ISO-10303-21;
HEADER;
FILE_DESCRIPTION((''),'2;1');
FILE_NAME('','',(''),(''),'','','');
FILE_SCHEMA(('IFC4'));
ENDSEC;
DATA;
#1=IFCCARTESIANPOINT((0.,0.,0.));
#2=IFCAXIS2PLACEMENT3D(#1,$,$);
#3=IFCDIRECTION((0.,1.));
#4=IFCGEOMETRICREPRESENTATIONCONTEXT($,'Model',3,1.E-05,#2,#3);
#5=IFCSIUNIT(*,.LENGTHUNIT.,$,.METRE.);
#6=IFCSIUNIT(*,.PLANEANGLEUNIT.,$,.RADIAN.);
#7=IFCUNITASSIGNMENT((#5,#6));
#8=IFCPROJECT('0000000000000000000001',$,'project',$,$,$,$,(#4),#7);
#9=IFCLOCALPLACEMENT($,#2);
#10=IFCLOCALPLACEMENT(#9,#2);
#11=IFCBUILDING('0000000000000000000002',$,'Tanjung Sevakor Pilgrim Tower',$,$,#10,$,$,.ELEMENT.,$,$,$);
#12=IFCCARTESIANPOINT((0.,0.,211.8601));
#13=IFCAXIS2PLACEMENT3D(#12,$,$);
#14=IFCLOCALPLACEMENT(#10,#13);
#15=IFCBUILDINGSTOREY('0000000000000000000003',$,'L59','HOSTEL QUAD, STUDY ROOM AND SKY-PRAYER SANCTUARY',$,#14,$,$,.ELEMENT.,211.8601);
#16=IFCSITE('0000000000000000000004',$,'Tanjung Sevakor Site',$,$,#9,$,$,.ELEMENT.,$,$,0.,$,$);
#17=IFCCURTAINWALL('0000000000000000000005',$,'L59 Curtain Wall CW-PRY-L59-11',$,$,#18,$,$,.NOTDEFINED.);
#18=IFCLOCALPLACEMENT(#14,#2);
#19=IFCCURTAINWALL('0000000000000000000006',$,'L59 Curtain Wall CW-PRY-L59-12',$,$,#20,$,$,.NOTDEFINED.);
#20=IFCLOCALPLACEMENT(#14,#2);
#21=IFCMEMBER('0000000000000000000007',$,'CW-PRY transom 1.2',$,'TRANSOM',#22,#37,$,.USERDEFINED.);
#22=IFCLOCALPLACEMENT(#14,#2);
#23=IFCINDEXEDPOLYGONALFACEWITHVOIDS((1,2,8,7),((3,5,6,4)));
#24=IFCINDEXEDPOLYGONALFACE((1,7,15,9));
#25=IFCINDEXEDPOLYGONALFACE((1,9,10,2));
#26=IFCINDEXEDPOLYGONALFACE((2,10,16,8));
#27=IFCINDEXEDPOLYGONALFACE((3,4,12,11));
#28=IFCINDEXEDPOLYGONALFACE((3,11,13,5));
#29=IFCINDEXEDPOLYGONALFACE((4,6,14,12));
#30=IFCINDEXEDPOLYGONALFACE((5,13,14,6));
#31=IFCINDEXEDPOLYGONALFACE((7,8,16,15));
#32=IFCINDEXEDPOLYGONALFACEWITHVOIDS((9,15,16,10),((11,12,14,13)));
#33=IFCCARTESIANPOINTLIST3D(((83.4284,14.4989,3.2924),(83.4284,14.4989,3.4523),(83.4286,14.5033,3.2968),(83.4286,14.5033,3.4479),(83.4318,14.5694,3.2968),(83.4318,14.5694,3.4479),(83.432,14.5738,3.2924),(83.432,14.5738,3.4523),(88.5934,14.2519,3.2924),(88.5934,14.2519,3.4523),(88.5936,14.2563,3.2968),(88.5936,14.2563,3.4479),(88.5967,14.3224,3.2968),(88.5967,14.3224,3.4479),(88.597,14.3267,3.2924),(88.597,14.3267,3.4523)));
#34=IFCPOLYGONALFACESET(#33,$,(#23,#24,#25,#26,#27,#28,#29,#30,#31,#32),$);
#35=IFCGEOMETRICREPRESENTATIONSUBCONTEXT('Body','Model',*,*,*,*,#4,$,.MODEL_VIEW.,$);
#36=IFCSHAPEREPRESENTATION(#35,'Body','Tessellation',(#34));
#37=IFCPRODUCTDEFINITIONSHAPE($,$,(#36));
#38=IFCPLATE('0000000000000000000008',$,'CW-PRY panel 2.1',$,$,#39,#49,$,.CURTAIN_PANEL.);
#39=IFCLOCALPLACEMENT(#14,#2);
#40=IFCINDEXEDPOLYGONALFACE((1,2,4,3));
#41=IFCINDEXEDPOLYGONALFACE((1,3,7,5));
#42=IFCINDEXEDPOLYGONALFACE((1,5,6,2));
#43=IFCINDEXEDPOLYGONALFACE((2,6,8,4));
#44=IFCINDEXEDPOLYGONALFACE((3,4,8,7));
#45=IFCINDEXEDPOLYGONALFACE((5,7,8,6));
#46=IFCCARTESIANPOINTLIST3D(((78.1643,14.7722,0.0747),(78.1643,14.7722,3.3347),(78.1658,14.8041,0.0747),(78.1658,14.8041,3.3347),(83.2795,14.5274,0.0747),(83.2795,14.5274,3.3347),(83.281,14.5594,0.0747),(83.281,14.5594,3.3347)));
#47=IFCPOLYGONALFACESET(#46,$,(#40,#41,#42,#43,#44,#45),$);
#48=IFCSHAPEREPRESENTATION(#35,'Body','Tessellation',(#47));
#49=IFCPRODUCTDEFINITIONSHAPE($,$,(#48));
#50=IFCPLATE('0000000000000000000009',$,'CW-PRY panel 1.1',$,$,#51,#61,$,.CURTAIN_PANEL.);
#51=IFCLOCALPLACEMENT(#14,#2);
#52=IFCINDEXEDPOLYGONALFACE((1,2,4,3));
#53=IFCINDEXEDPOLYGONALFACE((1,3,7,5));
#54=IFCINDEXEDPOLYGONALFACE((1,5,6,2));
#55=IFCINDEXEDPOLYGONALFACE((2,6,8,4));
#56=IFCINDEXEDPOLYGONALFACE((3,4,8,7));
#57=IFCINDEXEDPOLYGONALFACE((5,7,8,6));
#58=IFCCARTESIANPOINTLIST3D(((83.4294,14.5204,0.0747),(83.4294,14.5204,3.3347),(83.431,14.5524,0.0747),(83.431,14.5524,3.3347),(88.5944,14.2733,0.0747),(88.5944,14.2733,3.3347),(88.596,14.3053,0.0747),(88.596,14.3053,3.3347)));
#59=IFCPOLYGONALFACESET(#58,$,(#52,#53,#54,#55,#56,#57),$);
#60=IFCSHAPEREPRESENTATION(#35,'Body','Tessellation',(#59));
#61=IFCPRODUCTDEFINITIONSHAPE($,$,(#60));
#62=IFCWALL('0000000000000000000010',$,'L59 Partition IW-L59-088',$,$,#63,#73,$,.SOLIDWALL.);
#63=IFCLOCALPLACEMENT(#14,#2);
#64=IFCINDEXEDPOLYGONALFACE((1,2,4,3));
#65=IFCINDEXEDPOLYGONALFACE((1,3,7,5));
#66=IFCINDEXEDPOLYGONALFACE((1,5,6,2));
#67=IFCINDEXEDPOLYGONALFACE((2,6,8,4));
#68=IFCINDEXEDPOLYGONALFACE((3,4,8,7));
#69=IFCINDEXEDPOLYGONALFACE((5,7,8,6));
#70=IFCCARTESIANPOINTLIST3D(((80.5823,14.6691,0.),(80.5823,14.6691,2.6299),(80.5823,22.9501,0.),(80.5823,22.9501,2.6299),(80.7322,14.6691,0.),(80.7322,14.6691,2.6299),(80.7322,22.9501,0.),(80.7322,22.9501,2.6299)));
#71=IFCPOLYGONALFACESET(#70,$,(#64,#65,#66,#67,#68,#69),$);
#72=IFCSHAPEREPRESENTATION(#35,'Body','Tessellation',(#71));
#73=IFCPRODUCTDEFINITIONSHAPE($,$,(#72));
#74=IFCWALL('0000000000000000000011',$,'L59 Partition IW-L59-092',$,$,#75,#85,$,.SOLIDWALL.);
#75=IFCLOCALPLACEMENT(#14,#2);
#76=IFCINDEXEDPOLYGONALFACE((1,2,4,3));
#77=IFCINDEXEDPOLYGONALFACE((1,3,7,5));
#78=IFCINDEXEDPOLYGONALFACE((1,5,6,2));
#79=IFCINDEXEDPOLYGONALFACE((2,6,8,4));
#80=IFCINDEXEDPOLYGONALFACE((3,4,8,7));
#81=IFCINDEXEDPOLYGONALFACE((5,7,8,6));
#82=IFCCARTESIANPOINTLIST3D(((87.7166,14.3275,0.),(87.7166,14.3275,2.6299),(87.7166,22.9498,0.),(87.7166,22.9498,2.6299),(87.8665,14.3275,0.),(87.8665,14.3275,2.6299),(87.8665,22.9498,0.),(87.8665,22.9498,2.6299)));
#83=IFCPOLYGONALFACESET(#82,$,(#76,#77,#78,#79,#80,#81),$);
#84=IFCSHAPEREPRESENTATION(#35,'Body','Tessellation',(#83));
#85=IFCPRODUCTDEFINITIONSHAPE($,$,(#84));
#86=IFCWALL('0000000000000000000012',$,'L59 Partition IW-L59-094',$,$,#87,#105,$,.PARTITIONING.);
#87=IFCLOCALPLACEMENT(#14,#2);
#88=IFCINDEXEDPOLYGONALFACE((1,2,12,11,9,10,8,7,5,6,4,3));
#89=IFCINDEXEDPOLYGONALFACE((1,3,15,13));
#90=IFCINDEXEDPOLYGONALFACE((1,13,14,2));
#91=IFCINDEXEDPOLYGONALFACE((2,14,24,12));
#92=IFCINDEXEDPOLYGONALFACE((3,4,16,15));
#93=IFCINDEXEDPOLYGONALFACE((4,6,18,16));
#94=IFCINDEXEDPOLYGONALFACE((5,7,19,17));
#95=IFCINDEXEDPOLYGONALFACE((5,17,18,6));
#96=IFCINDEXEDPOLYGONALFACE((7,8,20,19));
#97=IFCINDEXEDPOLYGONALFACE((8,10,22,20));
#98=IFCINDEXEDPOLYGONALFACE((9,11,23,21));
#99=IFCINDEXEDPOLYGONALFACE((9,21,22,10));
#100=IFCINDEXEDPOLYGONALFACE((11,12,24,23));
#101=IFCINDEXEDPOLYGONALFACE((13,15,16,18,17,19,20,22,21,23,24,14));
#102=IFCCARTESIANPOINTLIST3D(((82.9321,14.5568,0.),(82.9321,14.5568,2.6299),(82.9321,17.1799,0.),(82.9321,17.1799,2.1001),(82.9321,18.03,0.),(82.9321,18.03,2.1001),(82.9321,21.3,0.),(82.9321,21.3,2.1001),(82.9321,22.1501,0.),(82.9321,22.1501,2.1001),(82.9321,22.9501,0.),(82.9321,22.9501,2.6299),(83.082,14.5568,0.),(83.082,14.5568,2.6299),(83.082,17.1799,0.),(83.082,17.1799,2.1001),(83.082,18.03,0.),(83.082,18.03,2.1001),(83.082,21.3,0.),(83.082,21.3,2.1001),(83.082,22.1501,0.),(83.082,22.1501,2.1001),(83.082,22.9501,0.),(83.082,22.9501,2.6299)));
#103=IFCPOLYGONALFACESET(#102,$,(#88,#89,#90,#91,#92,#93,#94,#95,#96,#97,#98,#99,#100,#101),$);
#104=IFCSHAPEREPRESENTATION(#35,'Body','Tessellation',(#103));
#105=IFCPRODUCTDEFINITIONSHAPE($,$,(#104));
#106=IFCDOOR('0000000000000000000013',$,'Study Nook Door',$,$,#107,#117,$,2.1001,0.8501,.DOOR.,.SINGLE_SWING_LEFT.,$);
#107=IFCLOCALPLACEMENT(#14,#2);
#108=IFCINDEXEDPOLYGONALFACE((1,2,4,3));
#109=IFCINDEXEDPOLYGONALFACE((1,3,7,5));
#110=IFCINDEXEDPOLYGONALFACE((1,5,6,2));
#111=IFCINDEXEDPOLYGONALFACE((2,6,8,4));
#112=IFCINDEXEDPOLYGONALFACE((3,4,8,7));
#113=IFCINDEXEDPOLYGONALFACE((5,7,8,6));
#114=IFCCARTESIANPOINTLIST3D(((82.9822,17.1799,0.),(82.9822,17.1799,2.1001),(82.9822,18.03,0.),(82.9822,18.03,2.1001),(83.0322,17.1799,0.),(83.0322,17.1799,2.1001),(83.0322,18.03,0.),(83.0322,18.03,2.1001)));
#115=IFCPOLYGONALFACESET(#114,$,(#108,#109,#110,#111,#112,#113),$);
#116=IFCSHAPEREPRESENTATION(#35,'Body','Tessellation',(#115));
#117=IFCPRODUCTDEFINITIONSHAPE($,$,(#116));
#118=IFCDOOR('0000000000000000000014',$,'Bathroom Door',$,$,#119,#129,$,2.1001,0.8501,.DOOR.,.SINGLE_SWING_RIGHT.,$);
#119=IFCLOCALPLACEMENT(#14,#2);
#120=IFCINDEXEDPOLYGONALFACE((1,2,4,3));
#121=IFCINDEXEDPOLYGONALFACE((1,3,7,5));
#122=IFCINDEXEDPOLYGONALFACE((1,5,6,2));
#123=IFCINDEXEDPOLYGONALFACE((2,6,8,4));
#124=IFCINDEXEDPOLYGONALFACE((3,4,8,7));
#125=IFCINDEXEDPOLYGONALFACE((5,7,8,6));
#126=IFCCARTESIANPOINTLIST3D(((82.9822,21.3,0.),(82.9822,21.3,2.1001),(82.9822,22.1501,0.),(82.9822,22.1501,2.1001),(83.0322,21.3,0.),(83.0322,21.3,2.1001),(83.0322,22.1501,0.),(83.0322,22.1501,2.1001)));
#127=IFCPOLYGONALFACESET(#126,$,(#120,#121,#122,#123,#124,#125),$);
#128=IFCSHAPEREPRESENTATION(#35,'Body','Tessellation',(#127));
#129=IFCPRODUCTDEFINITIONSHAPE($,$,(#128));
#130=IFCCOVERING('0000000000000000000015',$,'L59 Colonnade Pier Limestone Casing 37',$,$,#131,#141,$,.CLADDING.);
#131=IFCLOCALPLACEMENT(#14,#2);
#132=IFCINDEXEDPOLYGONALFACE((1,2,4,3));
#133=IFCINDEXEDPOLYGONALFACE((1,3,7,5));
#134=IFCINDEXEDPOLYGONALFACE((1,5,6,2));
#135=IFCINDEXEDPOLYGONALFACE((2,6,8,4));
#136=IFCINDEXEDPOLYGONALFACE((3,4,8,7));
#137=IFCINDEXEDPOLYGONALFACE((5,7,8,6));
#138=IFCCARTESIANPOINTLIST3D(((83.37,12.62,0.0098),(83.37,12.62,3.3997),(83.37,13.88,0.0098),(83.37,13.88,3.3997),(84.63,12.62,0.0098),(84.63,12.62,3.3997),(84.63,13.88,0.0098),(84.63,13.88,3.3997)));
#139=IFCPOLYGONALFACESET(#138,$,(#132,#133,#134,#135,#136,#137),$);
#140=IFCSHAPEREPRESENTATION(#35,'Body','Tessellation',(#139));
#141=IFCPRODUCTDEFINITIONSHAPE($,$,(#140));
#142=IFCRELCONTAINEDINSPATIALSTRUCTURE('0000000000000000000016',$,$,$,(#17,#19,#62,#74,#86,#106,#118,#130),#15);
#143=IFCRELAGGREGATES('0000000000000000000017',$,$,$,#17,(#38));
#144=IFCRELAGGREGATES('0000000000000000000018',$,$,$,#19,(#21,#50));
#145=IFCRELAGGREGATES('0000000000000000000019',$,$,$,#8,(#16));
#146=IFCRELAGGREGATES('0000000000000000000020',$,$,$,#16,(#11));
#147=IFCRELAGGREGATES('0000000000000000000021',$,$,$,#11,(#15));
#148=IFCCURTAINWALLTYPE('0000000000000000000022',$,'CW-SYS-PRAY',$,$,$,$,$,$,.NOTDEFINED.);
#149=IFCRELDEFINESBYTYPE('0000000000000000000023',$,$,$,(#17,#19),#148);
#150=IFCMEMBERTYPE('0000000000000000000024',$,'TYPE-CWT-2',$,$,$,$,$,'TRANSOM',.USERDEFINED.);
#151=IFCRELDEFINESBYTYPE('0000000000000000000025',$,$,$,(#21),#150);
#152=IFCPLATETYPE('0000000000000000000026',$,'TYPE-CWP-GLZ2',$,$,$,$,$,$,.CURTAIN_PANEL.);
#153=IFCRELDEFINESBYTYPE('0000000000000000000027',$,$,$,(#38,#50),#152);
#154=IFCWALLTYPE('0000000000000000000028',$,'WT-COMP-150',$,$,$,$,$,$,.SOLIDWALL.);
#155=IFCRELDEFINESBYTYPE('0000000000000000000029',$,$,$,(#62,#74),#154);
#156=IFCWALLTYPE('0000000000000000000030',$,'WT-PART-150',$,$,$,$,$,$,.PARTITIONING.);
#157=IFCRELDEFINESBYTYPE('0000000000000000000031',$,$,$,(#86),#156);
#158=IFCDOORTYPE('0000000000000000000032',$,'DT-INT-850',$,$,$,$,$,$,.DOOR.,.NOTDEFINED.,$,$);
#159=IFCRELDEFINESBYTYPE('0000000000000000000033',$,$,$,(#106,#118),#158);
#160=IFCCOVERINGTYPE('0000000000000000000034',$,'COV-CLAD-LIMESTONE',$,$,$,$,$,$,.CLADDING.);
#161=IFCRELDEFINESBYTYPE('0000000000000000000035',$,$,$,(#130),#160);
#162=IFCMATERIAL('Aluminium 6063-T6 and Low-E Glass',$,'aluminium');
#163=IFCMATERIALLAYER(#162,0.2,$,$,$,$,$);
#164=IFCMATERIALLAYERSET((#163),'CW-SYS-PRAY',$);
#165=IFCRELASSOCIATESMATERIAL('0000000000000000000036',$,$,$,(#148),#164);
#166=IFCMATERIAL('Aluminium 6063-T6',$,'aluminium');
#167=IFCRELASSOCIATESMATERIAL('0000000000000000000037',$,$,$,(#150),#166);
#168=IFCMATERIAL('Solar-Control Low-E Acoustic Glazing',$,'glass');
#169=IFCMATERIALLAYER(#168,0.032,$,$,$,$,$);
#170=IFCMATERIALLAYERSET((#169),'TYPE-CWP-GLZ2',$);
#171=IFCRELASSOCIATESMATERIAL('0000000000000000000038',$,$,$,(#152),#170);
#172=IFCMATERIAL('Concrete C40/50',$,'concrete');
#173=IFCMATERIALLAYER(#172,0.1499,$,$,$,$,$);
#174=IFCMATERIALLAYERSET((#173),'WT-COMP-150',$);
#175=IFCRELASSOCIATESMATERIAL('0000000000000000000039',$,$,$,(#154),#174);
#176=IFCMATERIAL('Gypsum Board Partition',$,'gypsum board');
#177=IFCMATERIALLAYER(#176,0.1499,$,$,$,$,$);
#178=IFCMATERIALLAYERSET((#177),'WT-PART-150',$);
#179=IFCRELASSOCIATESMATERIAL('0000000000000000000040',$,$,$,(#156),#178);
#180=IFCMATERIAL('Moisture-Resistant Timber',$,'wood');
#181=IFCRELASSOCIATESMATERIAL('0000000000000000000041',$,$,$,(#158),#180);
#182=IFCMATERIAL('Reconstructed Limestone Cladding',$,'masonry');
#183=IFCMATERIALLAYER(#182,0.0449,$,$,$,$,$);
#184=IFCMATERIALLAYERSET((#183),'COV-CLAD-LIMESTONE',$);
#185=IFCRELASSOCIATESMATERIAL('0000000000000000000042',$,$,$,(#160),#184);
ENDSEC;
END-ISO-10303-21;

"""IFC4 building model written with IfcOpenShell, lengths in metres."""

from ifc_helpers import new_model, si_unit, direction, frame, frame_2d, origin, origin_2d, place, context, subcontext, project, spatial, rectangle, hollow_rectangle, extrude, material, layer, layer_set, material_profile, profile_set, type_object, element, fill, aggregate, save


model = new_model("IFC4")

# Units and contexts
model_context = context("Model", 3, precision=1e-05, world=origin(), true_north=direction((0.0, 1.0)))
body_context = subcontext(model_context, "Body", "Model", "MODEL_VIEW")
ifc_project = project(units=[si_unit("LENGTHUNIT", "METRE"), si_unit("PLANEANGLEUNIT", "RADIAN")], contexts=[model_context])

# Site, building, storey
site_placement = place(None, origin())
site = spatial("IfcSite", under=ifc_project, at=site_placement, Name="Tanjung Sevakor Site", CompositionType="ELEMENT", RefElevation=0.0)
building_placement = place(site_placement, origin())
building = spatial("IfcBuilding", under=site, at=building_placement, Name="Tanjung Sevakor Pilgrim Tower", CompositionType="ELEMENT")
storey_placement = place(building_placement, frame((0.0, 0.0, 211.8601)))
storey = spatial("IfcBuildingStorey", under=building, at=storey_placement, Name="L59", Description="HOSTEL QUAD, STUDY ROOM AND SKY-PRAYER SANCTUARY", CompositionType="ELEMENT", Elevation=211.8601)

# Curtain wall
ifc_material_1 = material(Name="Aluminium 6063-T6 and Low-E Glass", Category="aluminium")
ifc_layer_1 = layer(ifc_material_1, 0.2)
ifc_layer_set_1 = layer_set([ifc_layer_1], Name="CW-SYS-PRAY")
curtain_wall_type = type_object("IfcCurtainWallType", Name="CW-SYS-PRAY", PredefinedType="NOTDEFINED", material=ifc_layer_set_1)
curtain_wall_1_placement = place(storey_placement, origin())
curtain_wall_1 = element("IfcCurtainWall", 1, at=curtain_wall_1_placement, inside=storey, type_object=curtain_wall_type, Name="L59 Curtain Wall CW-PRY-L59-11", PredefinedType="NOTDEFINED")

# Curtain wall
curtain_wall_2_placement = place(storey_placement, origin())
curtain_wall_2 = element("IfcCurtainWall", 2, at=curtain_wall_2_placement, inside=storey, type_object=curtain_wall_type, Name="L59 Curtain Wall CW-PRY-L59-12", PredefinedType="NOTDEFINED")

# Member
ifc_material_2 = material(Name="Aluminium 6063-T6", Category="aluminium")
ifc_material_profile_1 = material_profile(ifc_material_2, hollow_rectangle(XDim=0.075, YDim=0.1599, WallThickness=0.0044, at=origin_2d()))
ifc_profile_set_1 = profile_set([ifc_material_profile_1], Name="Aluminium 6063-T6")
member_type_1 = type_object("IfcMemberType", Name="TYPE-CWT-2", ElementType="TRANSOM", PredefinedType="USERDEFINED", material=ifc_profile_set_1)
member_1_placement = place(storey_placement, frame((83.4302, 14.5364, 3.3723), z_axis=(0.998858, -0.04778, 0.0), x_axis=(0.04778, 0.998858, 0.0)))
member_1 = element("IfcMember", 3, at=member_1_placement, type_object=member_type_1, Name="CW-PRY transom 1.2", ObjectType="TRANSOM", PredefinedType="USERDEFINED", context=body_context, shape_type="SweptSolid", body=[
    extrude(hollow_rectangle(XDim=0.075, YDim=0.1599, WallThickness=0.0044, at=origin_2d()), origin(), (0.0, 0.0, 1.0), 5.1709),
])

# Plates
ifc_material_3 = material(Name="Solar-Control Low-E Acoustic Glazing", Category="glass")
ifc_layer_2 = layer(ifc_material_3, 0.032)
ifc_layer_set_2 = layer_set([ifc_layer_2], Name="TYPE-CWP-GLZ2")
plate_type = type_object("IfcPlateType", Name="TYPE-CWP-GLZ2", PredefinedType="CURTAIN_PANEL", material=ifc_layer_set_2)
plate_1_placement = place(storey_placement, frame((80.7227, 14.6658, 0.0747), z_axis=(0.0, 0.0, 1.0), x_axis=(0.998858, -0.047787, 0.0)))
plate_1 = element("IfcPlate", 4, at=plate_1_placement, type_object=plate_type, Name="CW-PRY panel 2.1", PredefinedType="CURTAIN_PANEL", context=body_context, shape_type="SweptSolid", body=[
    extrude(rectangle(XDim=5.1211, YDim=0.032, at=origin_2d()), origin(), (0.0, 0.0, 1.0), 3.26),
])
aggregate(curtain_wall_1, [plate_1])
plate_2_placement = place(storey_placement, frame((86.0127, 14.4128, 0.0747), z_axis=(0.0, 0.0, 1.0), x_axis=(0.998857, -0.047791, 0.0)))
plate_2 = element("IfcPlate", 5, at=plate_2_placement, type_object=plate_type, Name="CW-PRY panel 1.1", PredefinedType="CURTAIN_PANEL", context=body_context, shape_type="SweptSolid", body=[
    extrude(rectangle(XDim=5.1709, YDim=0.032, at=origin_2d()), origin(), (0.0, 0.0, 1.0), 3.26),
])
aggregate(curtain_wall_2, [member_1, plate_2])

# Walls
ifc_material_4 = material(Name="Concrete C40/50", Category="concrete")
ifc_layer_3 = layer(ifc_material_4, 0.1499)
ifc_layer_set_3 = layer_set([ifc_layer_3], Name="WT-COMP-150")
wall_type_1 = type_object("IfcWallType", Name="WT-COMP-150", PredefinedType="SOLIDWALL", material=ifc_layer_set_3)
wall_1_placement = place(storey_placement, frame((80.6572, 14.6689, 0.0), z_axis=(0.0, 0.0, 1.0), x_axis=(0.0, 1.0, 0.0)))
element("IfcWall", 6, at=wall_1_placement, inside=storey, type_object=wall_type_1, Name="L59 Partition IW-L59-088", PredefinedType="SOLIDWALL", context=body_context, shape_type="SweptSolid", body=[
    extrude(rectangle(XDim=8.281, YDim=0.1499, at=frame_2d((4.1406, 0.0))), origin(), (0.0, 0.0, 1.0), 2.6299),
])
wall_2_placement = place(storey_placement, frame((87.7915, 14.3276, 0.0), z_axis=(0.0, 0.0, 1.0), x_axis=(0.0, 1.0, 0.0)))
element("IfcWall", 7, at=wall_2_placement, inside=storey, type_object=wall_type_1, Name="L59 Partition IW-L59-092", PredefinedType="SOLIDWALL", context=body_context, shape_type="SweptSolid", body=[
    extrude(rectangle(XDim=8.6223, YDim=0.1499, at=frame_2d((4.311, 0.0))), origin(), (0.0, 0.0, 1.0), 2.6299),
])

# Wall, openings, doors
ifc_material_5 = material(Name="Gypsum Board Partition", Category="gypsum board")
ifc_layer_4 = layer(ifc_material_5, 0.1499)
ifc_layer_set_4 = layer_set([ifc_layer_4], Name="WT-PART-150")
wall_type_2 = type_object("IfcWallType", Name="WT-PART-150", PredefinedType="PARTITIONING", material=ifc_layer_set_4)
wall_3_placement = place(storey_placement, frame((83.0071, 14.5566, 0.0), z_axis=(0.0, 0.0, 1.0), x_axis=(0.0, 1.0, 0.0)))
wall_3 = element("IfcWall", 8, at=wall_3_placement, inside=storey, type_object=wall_type_2, Name="L59 Partition IW-L59-094", PredefinedType="PARTITIONING", context=body_context, shape_type="SweptSolid", body=[
    extrude(rectangle(XDim=8.3933, YDim=0.1499, at=frame_2d((4.1968, 0.0))), origin(), (0.0, 0.0, 1.0), 2.6299),
])
opening_1_placement = place(wall_3_placement, frame((2.6233, 0.0, 0.0)))
opening_1 = element("IfcOpeningElement", 9, at=opening_1_placement, cuts=wall_3, PredefinedType="OPENING", context=body_context, shape_type="SweptSolid", body=[
    extrude(rectangle(XDim=0.8501, YDim=2.1001, at=frame_2d((0.425, 1.05))), frame((0.0, 0.085, 0.0), z_axis=(0.0, -1.0, 0.0), x_axis=(1.0, 0.0, 0.0)), (0.0, 0.0, 1.0), 0.1699),
])
opening_2_placement = place(wall_3_placement, frame((6.7434, 0.0, 0.0)))
opening_2 = element("IfcOpeningElement", 10, at=opening_2_placement, cuts=wall_3, PredefinedType="OPENING", context=body_context, shape_type="SweptSolid", body=[
    extrude(rectangle(XDim=0.8501, YDim=2.1001, at=frame_2d((0.425, 1.05))), frame((0.0, 0.085, 0.0), z_axis=(0.0, -1.0, 0.0), x_axis=(1.0, 0.0, 0.0)), (0.0, 0.0, 1.0), 0.1699),
])
ifc_material_6 = material(Name="Moisture-Resistant Timber", Category="wood")
door_type = type_object("IfcDoorType", Name="DT-INT-850", OperationType="NOTDEFINED", PredefinedType="DOOR", material=ifc_material_6)
door_1_placement = place(opening_1_placement, origin())
door_1 = element("IfcDoor", 11, at=door_1_placement, inside=storey, type_object=door_type, Name="Study Nook Door", OperationType="SINGLE_SWING_LEFT", OverallHeight=2.1001, OverallWidth=0.8501, PredefinedType="DOOR", context=body_context, shape_type="SweptSolid", body=[
    extrude(rectangle(XDim=0.8501, YDim=2.1001, at=frame_2d((0.425, 1.05))), frame((0.0, 0.0249, 0.0), z_axis=(0.0, -1.0, 0.0), x_axis=(1.0, 0.0, 0.0)), (0.0, 0.0, 1.0), 0.05),
])
fill(opening_1, door_1)
door_2_placement = place(opening_2_placement, origin())
door_2 = element("IfcDoor", 12, at=door_2_placement, inside=storey, type_object=door_type, Name="Bathroom Door", OperationType="SINGLE_SWING_RIGHT", OverallHeight=2.1001, OverallWidth=0.8501, PredefinedType="DOOR", context=body_context, shape_type="SweptSolid", body=[
    extrude(rectangle(XDim=0.8501, YDim=2.1001, at=frame_2d((0.425, 1.05))), frame((0.0, 0.0249, 0.0), z_axis=(0.0, -1.0, 0.0), x_axis=(1.0, 0.0, 0.0)), (0.0, 0.0, 1.0), 0.05),
])
fill(opening_2, door_2)

# Covering
ifc_material_7 = material(Name="Reconstructed Limestone Cladding", Category="masonry")
ifc_layer_5 = layer(ifc_material_7, 0.0449)
ifc_layer_set_5 = layer_set([ifc_layer_5], Name="COV-CLAD-LIMESTONE")
covering_type = type_object("IfcCoveringType", Name="COV-CLAD-LIMESTONE", PredefinedType="CLADDING", material=ifc_layer_set_5)
covering_placement = place(storey_placement, frame((84.0, 13.25, 0.0098), z_axis=(0.0, 0.0, 1.0), x_axis=(1.0, 0.0, 0.0)))
element("IfcCovering", 13, at=covering_placement, inside=storey, type_object=covering_type, Name="L59 Colonnade Pier Limestone Casing 37", PredefinedType="CLADDING", context=body_context, shape_type="SweptSolid", body=[
    extrude(rectangle(XDim=1.26, YDim=1.26, at=origin_2d()), origin(), (0.0, 0.0, 1.0), 3.3899),
])

save(model, "model.ifc")
